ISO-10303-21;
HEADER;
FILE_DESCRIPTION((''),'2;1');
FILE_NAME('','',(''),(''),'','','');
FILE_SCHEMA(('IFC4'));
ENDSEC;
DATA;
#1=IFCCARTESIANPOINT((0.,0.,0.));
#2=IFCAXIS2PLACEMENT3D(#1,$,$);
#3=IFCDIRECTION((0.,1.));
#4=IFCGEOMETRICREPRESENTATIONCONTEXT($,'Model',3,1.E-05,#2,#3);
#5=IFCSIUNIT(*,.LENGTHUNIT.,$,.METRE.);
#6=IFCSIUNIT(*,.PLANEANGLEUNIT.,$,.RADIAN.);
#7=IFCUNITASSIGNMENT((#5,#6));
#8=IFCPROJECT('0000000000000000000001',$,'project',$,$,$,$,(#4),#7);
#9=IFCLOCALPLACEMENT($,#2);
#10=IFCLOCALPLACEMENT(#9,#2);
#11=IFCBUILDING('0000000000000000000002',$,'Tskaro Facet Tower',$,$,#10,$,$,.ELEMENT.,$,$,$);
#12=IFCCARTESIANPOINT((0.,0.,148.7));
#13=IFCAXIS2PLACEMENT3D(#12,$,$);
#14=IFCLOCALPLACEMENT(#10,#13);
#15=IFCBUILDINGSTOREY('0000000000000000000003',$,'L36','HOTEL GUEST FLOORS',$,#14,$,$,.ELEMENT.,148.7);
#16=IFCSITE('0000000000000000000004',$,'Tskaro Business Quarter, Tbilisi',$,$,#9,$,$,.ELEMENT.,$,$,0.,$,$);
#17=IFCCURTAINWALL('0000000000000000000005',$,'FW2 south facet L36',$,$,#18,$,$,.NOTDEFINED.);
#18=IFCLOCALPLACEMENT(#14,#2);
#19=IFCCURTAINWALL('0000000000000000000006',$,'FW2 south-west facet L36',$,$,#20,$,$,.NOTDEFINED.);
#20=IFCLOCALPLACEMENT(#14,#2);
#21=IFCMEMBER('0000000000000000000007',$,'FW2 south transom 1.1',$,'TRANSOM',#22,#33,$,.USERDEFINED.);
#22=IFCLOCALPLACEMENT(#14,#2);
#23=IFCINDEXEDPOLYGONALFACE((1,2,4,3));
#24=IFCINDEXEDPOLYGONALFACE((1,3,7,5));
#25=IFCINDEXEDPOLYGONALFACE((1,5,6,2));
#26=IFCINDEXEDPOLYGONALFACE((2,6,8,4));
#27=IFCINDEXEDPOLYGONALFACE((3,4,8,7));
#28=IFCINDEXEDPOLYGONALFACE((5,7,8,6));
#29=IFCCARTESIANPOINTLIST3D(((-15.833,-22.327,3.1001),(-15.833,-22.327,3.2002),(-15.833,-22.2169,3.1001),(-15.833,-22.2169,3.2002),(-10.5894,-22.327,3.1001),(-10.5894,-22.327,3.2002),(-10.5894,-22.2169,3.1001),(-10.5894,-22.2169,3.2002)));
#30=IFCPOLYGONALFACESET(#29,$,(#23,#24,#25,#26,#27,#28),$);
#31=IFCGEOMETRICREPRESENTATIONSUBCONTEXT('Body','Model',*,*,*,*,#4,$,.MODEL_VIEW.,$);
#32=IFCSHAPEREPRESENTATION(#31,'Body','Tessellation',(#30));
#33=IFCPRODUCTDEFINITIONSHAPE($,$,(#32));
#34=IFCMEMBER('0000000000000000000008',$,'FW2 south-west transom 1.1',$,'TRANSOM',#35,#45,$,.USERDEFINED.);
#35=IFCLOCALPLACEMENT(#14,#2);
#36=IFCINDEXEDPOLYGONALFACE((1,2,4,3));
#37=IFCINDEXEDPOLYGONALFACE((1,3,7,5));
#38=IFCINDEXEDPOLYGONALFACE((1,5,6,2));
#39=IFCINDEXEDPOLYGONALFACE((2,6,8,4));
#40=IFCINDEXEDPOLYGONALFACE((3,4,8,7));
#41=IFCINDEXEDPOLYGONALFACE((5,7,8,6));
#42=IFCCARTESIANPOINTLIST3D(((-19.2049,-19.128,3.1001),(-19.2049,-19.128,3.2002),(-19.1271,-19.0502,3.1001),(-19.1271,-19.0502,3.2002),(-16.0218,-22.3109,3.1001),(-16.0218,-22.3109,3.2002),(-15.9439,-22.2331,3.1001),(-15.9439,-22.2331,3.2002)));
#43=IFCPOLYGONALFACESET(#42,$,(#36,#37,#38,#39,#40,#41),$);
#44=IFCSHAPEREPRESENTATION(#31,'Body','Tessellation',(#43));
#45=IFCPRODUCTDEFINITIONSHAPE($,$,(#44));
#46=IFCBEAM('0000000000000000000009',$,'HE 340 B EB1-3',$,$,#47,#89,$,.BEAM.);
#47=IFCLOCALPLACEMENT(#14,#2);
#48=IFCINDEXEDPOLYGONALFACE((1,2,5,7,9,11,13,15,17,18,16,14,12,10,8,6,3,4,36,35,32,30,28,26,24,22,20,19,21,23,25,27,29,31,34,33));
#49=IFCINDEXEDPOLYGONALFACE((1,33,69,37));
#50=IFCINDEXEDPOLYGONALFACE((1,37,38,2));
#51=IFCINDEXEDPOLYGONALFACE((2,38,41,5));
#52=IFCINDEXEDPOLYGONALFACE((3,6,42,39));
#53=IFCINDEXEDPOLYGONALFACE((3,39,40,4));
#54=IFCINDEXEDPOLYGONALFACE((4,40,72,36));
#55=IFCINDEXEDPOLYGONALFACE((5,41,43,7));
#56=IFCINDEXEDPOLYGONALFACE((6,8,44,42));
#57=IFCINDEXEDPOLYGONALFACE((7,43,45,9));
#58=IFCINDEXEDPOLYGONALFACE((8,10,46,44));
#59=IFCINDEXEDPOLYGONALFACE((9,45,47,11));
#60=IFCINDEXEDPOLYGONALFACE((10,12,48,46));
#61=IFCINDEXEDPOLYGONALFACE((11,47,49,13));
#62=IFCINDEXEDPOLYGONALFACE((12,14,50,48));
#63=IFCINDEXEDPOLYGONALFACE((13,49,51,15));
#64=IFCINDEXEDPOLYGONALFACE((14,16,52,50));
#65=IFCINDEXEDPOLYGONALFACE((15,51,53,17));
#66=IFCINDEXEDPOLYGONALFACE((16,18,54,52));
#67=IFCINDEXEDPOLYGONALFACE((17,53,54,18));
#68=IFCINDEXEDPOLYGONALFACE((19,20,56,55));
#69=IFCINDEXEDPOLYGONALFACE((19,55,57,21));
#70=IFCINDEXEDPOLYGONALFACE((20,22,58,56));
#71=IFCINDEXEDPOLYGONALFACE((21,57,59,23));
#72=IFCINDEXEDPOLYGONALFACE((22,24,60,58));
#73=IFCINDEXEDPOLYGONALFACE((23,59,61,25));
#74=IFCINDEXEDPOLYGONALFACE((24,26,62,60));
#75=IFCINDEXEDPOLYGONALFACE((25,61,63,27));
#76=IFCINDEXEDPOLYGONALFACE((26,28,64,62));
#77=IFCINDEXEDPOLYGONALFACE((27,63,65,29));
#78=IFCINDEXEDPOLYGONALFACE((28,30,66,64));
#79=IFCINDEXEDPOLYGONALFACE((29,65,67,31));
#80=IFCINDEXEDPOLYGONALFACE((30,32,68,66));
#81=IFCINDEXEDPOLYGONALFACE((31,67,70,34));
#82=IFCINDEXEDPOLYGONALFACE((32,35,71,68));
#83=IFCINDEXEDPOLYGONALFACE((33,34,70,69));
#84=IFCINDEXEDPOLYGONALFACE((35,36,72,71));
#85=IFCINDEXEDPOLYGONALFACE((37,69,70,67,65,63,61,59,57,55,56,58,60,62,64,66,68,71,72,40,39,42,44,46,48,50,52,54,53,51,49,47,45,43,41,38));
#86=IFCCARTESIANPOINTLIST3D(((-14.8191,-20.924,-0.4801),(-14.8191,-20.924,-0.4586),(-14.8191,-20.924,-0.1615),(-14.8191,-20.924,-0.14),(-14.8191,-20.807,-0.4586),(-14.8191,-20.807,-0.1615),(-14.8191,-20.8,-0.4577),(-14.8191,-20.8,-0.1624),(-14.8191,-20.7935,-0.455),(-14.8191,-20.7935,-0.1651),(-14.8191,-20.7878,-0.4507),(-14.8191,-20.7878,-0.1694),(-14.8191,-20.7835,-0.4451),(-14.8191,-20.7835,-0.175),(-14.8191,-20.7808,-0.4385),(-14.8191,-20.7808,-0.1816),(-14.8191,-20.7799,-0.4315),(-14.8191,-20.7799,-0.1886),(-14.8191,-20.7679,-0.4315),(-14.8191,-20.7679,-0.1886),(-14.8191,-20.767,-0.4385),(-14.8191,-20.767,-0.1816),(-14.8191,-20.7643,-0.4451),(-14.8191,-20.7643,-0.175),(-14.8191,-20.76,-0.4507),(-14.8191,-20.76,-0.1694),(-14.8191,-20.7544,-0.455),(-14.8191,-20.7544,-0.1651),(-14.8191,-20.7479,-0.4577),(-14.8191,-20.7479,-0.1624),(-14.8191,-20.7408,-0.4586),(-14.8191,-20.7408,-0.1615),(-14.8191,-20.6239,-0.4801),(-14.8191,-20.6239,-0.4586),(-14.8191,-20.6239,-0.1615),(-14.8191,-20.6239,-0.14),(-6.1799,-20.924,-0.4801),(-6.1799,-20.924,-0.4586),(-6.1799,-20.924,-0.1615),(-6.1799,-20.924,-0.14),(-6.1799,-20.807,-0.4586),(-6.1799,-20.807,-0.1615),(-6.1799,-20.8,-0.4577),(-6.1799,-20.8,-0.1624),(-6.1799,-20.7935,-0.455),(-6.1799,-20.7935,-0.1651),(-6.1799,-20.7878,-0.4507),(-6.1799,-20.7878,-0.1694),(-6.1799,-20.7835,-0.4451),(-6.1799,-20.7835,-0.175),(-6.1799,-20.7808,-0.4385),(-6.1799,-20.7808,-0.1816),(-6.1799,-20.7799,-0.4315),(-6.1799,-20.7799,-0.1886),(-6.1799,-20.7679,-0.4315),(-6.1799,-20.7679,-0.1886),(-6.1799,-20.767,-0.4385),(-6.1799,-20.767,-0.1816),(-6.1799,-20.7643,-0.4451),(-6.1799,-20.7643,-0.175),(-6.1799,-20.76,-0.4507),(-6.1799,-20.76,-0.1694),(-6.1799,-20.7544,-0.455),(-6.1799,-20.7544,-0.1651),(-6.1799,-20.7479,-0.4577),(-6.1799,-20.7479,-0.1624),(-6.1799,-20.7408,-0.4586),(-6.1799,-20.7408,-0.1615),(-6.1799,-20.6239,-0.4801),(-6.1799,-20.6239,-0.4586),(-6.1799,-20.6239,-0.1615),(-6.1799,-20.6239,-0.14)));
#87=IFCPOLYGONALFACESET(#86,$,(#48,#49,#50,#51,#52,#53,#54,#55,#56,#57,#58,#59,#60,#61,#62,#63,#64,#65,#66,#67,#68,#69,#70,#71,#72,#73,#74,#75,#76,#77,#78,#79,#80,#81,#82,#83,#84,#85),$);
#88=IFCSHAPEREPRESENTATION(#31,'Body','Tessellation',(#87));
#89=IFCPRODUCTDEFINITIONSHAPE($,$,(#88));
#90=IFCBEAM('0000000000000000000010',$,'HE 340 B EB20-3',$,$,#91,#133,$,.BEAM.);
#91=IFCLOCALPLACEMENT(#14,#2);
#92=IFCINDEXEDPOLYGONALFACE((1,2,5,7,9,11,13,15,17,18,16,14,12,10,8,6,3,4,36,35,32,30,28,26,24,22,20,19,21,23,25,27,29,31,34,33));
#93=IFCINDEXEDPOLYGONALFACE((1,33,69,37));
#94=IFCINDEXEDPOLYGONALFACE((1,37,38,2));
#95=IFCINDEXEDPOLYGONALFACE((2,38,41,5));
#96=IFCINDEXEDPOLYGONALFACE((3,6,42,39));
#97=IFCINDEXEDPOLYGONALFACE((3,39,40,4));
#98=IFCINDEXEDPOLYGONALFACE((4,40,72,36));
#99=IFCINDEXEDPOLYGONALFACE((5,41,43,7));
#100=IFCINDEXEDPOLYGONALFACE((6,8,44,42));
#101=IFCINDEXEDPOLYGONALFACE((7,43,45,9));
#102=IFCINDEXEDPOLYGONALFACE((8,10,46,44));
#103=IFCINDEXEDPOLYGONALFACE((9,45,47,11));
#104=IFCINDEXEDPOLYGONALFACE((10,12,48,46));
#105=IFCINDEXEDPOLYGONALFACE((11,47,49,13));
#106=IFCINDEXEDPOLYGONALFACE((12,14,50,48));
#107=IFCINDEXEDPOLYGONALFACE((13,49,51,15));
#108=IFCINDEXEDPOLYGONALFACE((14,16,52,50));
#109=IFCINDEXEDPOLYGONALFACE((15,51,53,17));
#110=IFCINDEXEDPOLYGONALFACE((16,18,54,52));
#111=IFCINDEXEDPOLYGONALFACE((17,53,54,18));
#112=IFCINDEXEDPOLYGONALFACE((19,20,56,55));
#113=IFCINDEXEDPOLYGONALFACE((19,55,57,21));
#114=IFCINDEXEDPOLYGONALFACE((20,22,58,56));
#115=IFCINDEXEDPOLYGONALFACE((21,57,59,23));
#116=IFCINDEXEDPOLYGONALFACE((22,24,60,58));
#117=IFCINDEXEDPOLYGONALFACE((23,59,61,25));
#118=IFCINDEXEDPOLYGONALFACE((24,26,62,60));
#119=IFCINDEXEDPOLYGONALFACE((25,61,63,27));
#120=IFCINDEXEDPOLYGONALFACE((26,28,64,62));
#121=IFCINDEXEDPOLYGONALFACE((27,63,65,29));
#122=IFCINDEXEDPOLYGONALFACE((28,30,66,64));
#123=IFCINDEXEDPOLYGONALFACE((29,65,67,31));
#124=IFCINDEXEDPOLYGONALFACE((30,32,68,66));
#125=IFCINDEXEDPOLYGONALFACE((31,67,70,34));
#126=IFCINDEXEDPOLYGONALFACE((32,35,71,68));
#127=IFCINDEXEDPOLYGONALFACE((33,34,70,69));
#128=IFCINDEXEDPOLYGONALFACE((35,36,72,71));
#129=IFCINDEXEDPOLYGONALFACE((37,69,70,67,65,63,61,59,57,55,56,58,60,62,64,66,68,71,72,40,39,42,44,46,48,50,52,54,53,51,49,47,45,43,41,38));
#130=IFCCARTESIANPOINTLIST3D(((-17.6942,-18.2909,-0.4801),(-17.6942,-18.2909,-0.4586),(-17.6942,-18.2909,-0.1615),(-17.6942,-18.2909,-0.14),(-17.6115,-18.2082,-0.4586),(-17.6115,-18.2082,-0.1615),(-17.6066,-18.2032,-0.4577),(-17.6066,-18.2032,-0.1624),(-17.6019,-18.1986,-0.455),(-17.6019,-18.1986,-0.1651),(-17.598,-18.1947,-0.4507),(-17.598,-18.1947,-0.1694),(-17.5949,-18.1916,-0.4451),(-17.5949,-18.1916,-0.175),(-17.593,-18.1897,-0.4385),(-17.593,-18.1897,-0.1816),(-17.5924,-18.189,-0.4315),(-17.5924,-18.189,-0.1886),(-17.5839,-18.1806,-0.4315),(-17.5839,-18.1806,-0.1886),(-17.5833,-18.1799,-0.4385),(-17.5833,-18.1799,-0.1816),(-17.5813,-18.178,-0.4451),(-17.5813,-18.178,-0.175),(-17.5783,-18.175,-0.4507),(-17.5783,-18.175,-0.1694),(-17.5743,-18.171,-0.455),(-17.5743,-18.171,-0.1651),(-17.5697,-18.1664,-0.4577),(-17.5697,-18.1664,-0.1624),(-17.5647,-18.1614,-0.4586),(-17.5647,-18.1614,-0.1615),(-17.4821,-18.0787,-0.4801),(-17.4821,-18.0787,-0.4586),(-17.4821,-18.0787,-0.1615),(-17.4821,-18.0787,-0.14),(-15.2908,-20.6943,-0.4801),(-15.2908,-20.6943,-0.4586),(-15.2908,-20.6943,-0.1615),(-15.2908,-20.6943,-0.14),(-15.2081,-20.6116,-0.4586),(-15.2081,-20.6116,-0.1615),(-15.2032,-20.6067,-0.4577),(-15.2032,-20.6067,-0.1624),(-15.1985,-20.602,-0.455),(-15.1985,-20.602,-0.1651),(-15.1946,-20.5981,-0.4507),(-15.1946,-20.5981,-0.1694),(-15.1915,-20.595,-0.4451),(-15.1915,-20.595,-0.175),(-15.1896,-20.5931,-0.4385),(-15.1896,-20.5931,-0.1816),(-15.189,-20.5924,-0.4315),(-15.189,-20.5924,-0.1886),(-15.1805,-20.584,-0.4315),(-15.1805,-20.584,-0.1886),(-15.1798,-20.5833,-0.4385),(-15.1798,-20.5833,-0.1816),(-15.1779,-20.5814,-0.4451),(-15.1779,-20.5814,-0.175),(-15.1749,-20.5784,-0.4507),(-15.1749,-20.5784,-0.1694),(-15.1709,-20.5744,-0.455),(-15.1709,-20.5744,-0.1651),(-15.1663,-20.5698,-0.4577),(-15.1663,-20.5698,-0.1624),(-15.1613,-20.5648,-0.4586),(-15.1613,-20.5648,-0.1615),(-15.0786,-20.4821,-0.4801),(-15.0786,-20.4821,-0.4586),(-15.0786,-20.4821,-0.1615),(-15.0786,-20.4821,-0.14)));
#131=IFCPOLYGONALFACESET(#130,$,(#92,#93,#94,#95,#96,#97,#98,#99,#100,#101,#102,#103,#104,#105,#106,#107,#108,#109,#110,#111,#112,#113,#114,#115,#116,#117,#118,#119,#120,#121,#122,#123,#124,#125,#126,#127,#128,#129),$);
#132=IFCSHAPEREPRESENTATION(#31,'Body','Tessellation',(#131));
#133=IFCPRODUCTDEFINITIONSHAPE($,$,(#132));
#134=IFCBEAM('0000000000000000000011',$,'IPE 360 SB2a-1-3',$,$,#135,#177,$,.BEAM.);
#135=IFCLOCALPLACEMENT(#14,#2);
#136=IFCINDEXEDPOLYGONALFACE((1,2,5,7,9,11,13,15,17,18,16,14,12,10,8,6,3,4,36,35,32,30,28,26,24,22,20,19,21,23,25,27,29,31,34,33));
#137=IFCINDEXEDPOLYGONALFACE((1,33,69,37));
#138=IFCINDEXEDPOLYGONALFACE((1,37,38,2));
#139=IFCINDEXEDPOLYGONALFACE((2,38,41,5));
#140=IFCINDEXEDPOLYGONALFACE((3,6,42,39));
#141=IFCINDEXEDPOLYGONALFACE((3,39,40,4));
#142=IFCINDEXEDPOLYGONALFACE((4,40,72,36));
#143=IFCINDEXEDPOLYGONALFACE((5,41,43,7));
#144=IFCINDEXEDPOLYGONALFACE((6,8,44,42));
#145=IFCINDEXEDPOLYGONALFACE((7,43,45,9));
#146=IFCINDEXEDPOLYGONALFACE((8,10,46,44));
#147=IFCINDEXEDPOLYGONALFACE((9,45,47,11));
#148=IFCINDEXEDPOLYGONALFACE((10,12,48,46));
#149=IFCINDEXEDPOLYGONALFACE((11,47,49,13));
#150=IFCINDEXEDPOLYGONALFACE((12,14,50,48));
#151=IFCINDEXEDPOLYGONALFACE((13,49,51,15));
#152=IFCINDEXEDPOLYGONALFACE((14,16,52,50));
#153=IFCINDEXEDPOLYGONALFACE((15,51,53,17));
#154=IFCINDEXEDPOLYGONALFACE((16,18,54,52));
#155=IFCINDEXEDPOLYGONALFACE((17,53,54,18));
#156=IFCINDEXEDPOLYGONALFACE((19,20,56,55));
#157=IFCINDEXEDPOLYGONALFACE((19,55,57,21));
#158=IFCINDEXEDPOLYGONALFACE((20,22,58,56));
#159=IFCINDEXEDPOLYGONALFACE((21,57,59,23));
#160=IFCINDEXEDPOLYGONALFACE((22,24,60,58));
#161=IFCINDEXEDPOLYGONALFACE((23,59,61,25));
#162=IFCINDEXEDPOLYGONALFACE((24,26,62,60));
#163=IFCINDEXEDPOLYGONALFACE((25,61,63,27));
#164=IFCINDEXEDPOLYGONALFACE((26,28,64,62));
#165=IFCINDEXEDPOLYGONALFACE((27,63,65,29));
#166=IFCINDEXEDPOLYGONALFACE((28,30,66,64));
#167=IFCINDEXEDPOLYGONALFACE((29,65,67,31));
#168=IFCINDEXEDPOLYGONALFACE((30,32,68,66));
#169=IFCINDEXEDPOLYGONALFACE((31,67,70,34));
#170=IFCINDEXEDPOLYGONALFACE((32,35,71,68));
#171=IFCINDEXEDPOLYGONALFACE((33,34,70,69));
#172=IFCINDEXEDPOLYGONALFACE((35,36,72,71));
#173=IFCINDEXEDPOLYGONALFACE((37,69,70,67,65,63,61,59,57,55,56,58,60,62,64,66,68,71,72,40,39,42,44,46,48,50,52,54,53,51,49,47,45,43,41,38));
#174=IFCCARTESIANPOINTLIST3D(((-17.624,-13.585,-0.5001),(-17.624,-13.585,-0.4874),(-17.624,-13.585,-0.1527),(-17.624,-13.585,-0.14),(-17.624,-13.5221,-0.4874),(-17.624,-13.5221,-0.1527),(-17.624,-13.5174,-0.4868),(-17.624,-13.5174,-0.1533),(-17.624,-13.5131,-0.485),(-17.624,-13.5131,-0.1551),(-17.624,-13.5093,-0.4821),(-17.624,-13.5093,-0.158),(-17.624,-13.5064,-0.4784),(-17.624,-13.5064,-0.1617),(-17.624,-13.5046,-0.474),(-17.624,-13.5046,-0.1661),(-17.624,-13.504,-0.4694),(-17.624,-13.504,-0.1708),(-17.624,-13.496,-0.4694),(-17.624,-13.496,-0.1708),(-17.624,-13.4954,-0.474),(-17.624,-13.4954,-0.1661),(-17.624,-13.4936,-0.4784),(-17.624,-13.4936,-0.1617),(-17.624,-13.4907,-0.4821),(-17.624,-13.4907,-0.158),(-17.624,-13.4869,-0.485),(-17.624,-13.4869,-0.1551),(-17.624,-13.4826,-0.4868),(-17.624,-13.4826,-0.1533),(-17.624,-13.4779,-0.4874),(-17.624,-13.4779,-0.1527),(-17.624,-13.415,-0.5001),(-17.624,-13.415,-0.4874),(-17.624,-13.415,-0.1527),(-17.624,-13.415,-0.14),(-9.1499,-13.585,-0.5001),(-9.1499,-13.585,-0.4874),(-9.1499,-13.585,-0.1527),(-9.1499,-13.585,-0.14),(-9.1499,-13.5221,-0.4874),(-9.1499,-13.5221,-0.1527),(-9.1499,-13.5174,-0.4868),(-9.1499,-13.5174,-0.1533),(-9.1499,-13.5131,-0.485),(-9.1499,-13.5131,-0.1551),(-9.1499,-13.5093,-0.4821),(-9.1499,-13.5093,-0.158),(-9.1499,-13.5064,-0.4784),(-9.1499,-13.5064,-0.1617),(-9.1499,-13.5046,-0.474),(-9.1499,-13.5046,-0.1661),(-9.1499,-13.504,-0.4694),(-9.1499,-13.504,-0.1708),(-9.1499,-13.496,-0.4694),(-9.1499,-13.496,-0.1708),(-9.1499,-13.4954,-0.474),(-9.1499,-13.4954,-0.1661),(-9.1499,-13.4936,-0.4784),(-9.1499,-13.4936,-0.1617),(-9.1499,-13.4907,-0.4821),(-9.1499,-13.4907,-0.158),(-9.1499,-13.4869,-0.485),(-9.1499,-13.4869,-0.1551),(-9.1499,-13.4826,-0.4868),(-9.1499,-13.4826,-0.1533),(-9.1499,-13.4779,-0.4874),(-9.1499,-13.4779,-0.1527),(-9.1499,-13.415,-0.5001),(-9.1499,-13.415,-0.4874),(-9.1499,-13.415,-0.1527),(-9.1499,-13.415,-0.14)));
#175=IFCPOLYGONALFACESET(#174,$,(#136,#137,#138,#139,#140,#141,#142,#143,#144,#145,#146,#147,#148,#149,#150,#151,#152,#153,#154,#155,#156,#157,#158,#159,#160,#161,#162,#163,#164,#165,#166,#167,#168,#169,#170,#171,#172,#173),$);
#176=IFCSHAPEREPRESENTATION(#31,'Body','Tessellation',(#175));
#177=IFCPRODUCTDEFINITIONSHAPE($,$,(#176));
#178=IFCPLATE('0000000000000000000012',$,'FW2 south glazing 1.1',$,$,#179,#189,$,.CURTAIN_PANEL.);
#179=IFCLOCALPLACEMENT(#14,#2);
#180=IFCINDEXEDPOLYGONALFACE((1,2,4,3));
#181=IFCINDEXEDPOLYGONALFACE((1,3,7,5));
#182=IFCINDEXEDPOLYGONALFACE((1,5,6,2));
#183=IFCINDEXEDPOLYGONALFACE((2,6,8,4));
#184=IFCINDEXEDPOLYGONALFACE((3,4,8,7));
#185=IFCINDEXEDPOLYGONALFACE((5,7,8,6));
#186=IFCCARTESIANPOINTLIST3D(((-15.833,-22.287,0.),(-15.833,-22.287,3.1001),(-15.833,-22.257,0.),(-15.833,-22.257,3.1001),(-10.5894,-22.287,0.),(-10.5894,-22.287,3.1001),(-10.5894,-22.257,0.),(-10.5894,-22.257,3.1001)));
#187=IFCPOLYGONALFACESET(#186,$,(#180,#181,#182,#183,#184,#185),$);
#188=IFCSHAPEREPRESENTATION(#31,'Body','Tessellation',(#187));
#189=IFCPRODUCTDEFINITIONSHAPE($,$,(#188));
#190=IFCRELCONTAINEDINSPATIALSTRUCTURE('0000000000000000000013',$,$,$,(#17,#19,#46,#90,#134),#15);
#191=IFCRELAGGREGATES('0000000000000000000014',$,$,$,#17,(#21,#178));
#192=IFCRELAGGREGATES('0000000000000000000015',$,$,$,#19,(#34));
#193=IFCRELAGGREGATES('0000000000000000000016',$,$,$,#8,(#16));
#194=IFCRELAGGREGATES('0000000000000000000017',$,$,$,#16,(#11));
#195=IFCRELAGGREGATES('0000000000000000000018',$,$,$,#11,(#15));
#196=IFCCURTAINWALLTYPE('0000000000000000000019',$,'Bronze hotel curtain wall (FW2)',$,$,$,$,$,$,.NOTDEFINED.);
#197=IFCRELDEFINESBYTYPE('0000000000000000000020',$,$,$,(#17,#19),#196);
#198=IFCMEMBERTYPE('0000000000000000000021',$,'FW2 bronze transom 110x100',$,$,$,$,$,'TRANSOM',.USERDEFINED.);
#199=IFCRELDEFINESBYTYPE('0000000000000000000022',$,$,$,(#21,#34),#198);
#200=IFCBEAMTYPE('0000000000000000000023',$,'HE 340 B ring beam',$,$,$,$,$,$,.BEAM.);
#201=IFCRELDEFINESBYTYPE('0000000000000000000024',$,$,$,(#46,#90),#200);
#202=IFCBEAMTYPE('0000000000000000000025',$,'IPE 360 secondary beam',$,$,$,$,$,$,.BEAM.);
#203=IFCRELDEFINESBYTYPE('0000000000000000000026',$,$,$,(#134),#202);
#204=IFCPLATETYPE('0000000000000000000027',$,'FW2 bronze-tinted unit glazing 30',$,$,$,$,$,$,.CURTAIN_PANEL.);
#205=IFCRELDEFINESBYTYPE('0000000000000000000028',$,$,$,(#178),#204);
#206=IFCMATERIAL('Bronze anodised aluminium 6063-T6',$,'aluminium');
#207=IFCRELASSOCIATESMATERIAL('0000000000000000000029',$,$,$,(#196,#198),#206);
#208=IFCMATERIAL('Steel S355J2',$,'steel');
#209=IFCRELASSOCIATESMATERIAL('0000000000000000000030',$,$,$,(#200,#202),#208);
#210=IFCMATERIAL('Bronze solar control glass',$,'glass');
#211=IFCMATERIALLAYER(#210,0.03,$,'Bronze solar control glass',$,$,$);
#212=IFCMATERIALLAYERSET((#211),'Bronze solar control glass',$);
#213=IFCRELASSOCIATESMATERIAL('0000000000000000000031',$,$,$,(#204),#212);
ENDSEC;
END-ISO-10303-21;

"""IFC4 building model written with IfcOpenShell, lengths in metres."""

from ifc_helpers import new_model, si_unit, direction, frame, origin, origin_2d, place, context, subcontext, project, spatial, rectangle, i_section, extrude, material, layer, layer_set, material_profile, profile_set, type_object, element, aggregate, save


model = new_model("IFC4")

# Units and contexts
model_context = context("Model", 3, precision=1e-05, world=origin(), true_north=direction((0.0, 1.0)))
body_context = subcontext(model_context, "Body", "Model", "MODEL_VIEW")
ifc_project = project(units=[si_unit("LENGTHUNIT", "METRE"), si_unit("PLANEANGLEUNIT", "RADIAN")], contexts=[model_context])

# Site, building, storey
site_placement = place(None, origin())
site = spatial("IfcSite", under=ifc_project, at=site_placement, Name="Tskaro Business Quarter, Tbilisi", CompositionType="ELEMENT", RefElevation=0.0)
building_placement = place(site_placement, origin())
building = spatial("IfcBuilding", under=site, at=building_placement, Name="Tskaro Facet Tower", CompositionType="ELEMENT")
storey_placement = place(building_placement, frame((0.0, 0.0, 148.7)))
storey = spatial("IfcBuildingStorey", under=building, at=storey_placement, Name="L36", Description="HOTEL GUEST FLOORS", CompositionType="ELEMENT", Elevation=148.7)

# Curtain walls
ifc_material_1 = material(Name="Bronze anodised aluminium 6063-T6", Category="aluminium")
curtain_wall_type = type_object("IfcCurtainWallType", Name="Bronze hotel curtain wall (FW2)", PredefinedType="NOTDEFINED", material=ifc_material_1)
curtain_wall_1_placement = place(storey_placement, origin())
curtain_wall_1 = element("IfcCurtainWall", 1, at=curtain_wall_1_placement, inside=storey, type_object=curtain_wall_type, Name="FW2 south facet L36", PredefinedType="NOTDEFINED")
curtain_wall_2_placement = place(storey_placement, origin())
curtain_wall_2 = element("IfcCurtainWall", 2, at=curtain_wall_2_placement, inside=storey, type_object=curtain_wall_type, Name="FW2 south-west facet L36", PredefinedType="NOTDEFINED")

# Members
ifc_material_profile_1 = material_profile(ifc_material_1, rectangle(XDim=0.1101, YDim=0.1001, at=origin_2d()), Name="Transom 110x100")
ifc_profile_set_1 = profile_set([ifc_material_profile_1], Name="Bronze anodised aluminium 6063-T6")
member_type_1 = type_object("IfcMemberType", Name="FW2 bronze transom 110x100", ElementType="TRANSOM", PredefinedType="USERDEFINED", material=ifc_profile_set_1)
member_1_placement = place(storey_placement, frame((-15.833, -22.272, 3.1501), z_axis=(1.0, 0.0, 0.0), x_axis=(0.0, 1.0, 0.0)))
member_1 = element("IfcMember", 3, at=member_1_placement, type_object=member_type_1, Name="FW2 south transom 1.1", ObjectType="TRANSOM", PredefinedType="USERDEFINED", context=body_context, shape_type="SweptSolid", body=[
    extrude(rectangle(XDim=0.1101, YDim=0.1001, at=origin_2d()), origin(), (0.0, 0.0, 1.0), 5.2437),
])
member_2_placement = place(storey_placement, frame((-19.166, -19.0891, 3.1501), z_axis=(0.707134, -0.70708, 0.0), x_axis=(0.70708, 0.707134, 0.0)))
member_2 = element("IfcMember", 4, at=member_2_placement, type_object=member_type_1, Name="FW2 south-west transom 1.1", ObjectType="TRANSOM", PredefinedType="USERDEFINED", context=body_context, shape_type="SweptSolid", body=[
    extrude(rectangle(XDim=0.1101, YDim=0.1001, at=origin_2d()), origin(), (0.0, 0.0, 1.0), 4.5015),
])

# Beams
ifc_material_2 = material(Name="Steel S355J2", Category="steel")
ifc_material_profile_2 = material_profile(ifc_material_2, i_section(OverallWidth=0.3, OverallDepth=0.3401, WebThickness=0.012, FlangeThickness=0.0215, FilletRadius=0.0271, at=origin_2d()), Name="HE 340 B")
ifc_profile_set_2 = profile_set([ifc_material_profile_2], Name="Steel S355J2")
beam_type_1 = type_object("IfcBeamType", Name="HE 340 B ring beam", PredefinedType="BEAM", material=ifc_profile_set_2)
beam_1_placement = place(storey_placement, frame((-14.8191, -20.7739, -0.3101), z_axis=(1.0, 0.0, 0.0), x_axis=(0.0, 1.0, 0.0)))
element("IfcBeam", 5, at=beam_1_placement, inside=storey, type_object=beam_type_1, Name="HE 340 B EB1-3", PredefinedType="BEAM", context=body_context, shape_type="SweptSolid", body=[
    extrude(i_section(OverallWidth=0.3, OverallDepth=0.3401, WebThickness=0.012, FlangeThickness=0.0215, FilletRadius=0.0271, at=origin_2d()), origin(), (0.0, 0.0, 1.0), 8.6392),
])
beam_2_placement = place(storey_placement, frame((-17.5881, -18.1848, -0.3101), z_axis=(0.707107, -0.707107, 0.0), x_axis=(0.707107, 0.707107, 0.0)))
element("IfcBeam", 6, at=beam_2_placement, inside=storey, type_object=beam_type_1, Name="HE 340 B EB20-3", PredefinedType="BEAM", context=body_context, shape_type="SweptSolid", body=[
    extrude(i_section(OverallWidth=0.3, OverallDepth=0.3401, WebThickness=0.012, FlangeThickness=0.0215, FilletRadius=0.0271, at=origin_2d()), origin(), (0.0, 0.0, 1.0), 3.3989),
])
ifc_material_profile_3 = material_profile(ifc_material_2, i_section(OverallWidth=0.1699, OverallDepth=0.3601, WebThickness=0.0081, FlangeThickness=0.0127, FilletRadius=0.0181, at=origin_2d()), Name="IPE 360")
ifc_profile_set_3 = profile_set([ifc_material_profile_3], Name="Steel S355J2")
beam_type_2 = type_object("IfcBeamType", Name="IPE 360 secondary beam", PredefinedType="BEAM", material=ifc_profile_set_3)
beam_3_placement = place(storey_placement, frame((-17.624, -13.5, -0.3201), z_axis=(1.0, 0.0, 0.0), x_axis=(0.0, 1.0, 0.0)))
element("IfcBeam", 7, at=beam_3_placement, inside=storey, type_object=beam_type_2, Name="IPE 360 SB2a-1-3", PredefinedType="BEAM", context=body_context, shape_type="SweptSolid", body=[
    extrude(i_section(OverallWidth=0.1699, OverallDepth=0.3601, WebThickness=0.0081, FlangeThickness=0.0127, FilletRadius=0.0181, at=origin_2d()), origin(), (0.0, 0.0, 1.0), 8.4741),
])

# Plate
ifc_material_3 = material(Name="Bronze solar control glass", Category="glass")
ifc_layer_1 = layer(ifc_material_3, 0.03, Name="Bronze solar control glass")
ifc_layer_set_1 = layer_set([ifc_layer_1], Name="Bronze solar control glass")
plate_type = type_object("IfcPlateType", Name="FW2 bronze-tinted unit glazing 30", PredefinedType="CURTAIN_PANEL", material=ifc_layer_set_1)
plate_1_placement = place(storey_placement, frame((-13.2112, -22.272, 0.0), z_axis=(0.0, 0.0, 1.0), x_axis=(1.0, 0.0, 0.0)))
plate_1 = element("IfcPlate", 8, at=plate_1_placement, type_object=plate_type, Name="FW2 south glazing 1.1", PredefinedType="CURTAIN_PANEL", context=body_context, shape_type="SweptSolid", body=[
    extrude(rectangle(XDim=5.2437, YDim=0.03, at=origin_2d()), origin(), (0.0, 0.0, 1.0), 3.1001),
])
aggregate(curtain_wall_1, [member_1, plate_1])

aggregate(curtain_wall_2, [member_2])

save(model, "model.ifc")
